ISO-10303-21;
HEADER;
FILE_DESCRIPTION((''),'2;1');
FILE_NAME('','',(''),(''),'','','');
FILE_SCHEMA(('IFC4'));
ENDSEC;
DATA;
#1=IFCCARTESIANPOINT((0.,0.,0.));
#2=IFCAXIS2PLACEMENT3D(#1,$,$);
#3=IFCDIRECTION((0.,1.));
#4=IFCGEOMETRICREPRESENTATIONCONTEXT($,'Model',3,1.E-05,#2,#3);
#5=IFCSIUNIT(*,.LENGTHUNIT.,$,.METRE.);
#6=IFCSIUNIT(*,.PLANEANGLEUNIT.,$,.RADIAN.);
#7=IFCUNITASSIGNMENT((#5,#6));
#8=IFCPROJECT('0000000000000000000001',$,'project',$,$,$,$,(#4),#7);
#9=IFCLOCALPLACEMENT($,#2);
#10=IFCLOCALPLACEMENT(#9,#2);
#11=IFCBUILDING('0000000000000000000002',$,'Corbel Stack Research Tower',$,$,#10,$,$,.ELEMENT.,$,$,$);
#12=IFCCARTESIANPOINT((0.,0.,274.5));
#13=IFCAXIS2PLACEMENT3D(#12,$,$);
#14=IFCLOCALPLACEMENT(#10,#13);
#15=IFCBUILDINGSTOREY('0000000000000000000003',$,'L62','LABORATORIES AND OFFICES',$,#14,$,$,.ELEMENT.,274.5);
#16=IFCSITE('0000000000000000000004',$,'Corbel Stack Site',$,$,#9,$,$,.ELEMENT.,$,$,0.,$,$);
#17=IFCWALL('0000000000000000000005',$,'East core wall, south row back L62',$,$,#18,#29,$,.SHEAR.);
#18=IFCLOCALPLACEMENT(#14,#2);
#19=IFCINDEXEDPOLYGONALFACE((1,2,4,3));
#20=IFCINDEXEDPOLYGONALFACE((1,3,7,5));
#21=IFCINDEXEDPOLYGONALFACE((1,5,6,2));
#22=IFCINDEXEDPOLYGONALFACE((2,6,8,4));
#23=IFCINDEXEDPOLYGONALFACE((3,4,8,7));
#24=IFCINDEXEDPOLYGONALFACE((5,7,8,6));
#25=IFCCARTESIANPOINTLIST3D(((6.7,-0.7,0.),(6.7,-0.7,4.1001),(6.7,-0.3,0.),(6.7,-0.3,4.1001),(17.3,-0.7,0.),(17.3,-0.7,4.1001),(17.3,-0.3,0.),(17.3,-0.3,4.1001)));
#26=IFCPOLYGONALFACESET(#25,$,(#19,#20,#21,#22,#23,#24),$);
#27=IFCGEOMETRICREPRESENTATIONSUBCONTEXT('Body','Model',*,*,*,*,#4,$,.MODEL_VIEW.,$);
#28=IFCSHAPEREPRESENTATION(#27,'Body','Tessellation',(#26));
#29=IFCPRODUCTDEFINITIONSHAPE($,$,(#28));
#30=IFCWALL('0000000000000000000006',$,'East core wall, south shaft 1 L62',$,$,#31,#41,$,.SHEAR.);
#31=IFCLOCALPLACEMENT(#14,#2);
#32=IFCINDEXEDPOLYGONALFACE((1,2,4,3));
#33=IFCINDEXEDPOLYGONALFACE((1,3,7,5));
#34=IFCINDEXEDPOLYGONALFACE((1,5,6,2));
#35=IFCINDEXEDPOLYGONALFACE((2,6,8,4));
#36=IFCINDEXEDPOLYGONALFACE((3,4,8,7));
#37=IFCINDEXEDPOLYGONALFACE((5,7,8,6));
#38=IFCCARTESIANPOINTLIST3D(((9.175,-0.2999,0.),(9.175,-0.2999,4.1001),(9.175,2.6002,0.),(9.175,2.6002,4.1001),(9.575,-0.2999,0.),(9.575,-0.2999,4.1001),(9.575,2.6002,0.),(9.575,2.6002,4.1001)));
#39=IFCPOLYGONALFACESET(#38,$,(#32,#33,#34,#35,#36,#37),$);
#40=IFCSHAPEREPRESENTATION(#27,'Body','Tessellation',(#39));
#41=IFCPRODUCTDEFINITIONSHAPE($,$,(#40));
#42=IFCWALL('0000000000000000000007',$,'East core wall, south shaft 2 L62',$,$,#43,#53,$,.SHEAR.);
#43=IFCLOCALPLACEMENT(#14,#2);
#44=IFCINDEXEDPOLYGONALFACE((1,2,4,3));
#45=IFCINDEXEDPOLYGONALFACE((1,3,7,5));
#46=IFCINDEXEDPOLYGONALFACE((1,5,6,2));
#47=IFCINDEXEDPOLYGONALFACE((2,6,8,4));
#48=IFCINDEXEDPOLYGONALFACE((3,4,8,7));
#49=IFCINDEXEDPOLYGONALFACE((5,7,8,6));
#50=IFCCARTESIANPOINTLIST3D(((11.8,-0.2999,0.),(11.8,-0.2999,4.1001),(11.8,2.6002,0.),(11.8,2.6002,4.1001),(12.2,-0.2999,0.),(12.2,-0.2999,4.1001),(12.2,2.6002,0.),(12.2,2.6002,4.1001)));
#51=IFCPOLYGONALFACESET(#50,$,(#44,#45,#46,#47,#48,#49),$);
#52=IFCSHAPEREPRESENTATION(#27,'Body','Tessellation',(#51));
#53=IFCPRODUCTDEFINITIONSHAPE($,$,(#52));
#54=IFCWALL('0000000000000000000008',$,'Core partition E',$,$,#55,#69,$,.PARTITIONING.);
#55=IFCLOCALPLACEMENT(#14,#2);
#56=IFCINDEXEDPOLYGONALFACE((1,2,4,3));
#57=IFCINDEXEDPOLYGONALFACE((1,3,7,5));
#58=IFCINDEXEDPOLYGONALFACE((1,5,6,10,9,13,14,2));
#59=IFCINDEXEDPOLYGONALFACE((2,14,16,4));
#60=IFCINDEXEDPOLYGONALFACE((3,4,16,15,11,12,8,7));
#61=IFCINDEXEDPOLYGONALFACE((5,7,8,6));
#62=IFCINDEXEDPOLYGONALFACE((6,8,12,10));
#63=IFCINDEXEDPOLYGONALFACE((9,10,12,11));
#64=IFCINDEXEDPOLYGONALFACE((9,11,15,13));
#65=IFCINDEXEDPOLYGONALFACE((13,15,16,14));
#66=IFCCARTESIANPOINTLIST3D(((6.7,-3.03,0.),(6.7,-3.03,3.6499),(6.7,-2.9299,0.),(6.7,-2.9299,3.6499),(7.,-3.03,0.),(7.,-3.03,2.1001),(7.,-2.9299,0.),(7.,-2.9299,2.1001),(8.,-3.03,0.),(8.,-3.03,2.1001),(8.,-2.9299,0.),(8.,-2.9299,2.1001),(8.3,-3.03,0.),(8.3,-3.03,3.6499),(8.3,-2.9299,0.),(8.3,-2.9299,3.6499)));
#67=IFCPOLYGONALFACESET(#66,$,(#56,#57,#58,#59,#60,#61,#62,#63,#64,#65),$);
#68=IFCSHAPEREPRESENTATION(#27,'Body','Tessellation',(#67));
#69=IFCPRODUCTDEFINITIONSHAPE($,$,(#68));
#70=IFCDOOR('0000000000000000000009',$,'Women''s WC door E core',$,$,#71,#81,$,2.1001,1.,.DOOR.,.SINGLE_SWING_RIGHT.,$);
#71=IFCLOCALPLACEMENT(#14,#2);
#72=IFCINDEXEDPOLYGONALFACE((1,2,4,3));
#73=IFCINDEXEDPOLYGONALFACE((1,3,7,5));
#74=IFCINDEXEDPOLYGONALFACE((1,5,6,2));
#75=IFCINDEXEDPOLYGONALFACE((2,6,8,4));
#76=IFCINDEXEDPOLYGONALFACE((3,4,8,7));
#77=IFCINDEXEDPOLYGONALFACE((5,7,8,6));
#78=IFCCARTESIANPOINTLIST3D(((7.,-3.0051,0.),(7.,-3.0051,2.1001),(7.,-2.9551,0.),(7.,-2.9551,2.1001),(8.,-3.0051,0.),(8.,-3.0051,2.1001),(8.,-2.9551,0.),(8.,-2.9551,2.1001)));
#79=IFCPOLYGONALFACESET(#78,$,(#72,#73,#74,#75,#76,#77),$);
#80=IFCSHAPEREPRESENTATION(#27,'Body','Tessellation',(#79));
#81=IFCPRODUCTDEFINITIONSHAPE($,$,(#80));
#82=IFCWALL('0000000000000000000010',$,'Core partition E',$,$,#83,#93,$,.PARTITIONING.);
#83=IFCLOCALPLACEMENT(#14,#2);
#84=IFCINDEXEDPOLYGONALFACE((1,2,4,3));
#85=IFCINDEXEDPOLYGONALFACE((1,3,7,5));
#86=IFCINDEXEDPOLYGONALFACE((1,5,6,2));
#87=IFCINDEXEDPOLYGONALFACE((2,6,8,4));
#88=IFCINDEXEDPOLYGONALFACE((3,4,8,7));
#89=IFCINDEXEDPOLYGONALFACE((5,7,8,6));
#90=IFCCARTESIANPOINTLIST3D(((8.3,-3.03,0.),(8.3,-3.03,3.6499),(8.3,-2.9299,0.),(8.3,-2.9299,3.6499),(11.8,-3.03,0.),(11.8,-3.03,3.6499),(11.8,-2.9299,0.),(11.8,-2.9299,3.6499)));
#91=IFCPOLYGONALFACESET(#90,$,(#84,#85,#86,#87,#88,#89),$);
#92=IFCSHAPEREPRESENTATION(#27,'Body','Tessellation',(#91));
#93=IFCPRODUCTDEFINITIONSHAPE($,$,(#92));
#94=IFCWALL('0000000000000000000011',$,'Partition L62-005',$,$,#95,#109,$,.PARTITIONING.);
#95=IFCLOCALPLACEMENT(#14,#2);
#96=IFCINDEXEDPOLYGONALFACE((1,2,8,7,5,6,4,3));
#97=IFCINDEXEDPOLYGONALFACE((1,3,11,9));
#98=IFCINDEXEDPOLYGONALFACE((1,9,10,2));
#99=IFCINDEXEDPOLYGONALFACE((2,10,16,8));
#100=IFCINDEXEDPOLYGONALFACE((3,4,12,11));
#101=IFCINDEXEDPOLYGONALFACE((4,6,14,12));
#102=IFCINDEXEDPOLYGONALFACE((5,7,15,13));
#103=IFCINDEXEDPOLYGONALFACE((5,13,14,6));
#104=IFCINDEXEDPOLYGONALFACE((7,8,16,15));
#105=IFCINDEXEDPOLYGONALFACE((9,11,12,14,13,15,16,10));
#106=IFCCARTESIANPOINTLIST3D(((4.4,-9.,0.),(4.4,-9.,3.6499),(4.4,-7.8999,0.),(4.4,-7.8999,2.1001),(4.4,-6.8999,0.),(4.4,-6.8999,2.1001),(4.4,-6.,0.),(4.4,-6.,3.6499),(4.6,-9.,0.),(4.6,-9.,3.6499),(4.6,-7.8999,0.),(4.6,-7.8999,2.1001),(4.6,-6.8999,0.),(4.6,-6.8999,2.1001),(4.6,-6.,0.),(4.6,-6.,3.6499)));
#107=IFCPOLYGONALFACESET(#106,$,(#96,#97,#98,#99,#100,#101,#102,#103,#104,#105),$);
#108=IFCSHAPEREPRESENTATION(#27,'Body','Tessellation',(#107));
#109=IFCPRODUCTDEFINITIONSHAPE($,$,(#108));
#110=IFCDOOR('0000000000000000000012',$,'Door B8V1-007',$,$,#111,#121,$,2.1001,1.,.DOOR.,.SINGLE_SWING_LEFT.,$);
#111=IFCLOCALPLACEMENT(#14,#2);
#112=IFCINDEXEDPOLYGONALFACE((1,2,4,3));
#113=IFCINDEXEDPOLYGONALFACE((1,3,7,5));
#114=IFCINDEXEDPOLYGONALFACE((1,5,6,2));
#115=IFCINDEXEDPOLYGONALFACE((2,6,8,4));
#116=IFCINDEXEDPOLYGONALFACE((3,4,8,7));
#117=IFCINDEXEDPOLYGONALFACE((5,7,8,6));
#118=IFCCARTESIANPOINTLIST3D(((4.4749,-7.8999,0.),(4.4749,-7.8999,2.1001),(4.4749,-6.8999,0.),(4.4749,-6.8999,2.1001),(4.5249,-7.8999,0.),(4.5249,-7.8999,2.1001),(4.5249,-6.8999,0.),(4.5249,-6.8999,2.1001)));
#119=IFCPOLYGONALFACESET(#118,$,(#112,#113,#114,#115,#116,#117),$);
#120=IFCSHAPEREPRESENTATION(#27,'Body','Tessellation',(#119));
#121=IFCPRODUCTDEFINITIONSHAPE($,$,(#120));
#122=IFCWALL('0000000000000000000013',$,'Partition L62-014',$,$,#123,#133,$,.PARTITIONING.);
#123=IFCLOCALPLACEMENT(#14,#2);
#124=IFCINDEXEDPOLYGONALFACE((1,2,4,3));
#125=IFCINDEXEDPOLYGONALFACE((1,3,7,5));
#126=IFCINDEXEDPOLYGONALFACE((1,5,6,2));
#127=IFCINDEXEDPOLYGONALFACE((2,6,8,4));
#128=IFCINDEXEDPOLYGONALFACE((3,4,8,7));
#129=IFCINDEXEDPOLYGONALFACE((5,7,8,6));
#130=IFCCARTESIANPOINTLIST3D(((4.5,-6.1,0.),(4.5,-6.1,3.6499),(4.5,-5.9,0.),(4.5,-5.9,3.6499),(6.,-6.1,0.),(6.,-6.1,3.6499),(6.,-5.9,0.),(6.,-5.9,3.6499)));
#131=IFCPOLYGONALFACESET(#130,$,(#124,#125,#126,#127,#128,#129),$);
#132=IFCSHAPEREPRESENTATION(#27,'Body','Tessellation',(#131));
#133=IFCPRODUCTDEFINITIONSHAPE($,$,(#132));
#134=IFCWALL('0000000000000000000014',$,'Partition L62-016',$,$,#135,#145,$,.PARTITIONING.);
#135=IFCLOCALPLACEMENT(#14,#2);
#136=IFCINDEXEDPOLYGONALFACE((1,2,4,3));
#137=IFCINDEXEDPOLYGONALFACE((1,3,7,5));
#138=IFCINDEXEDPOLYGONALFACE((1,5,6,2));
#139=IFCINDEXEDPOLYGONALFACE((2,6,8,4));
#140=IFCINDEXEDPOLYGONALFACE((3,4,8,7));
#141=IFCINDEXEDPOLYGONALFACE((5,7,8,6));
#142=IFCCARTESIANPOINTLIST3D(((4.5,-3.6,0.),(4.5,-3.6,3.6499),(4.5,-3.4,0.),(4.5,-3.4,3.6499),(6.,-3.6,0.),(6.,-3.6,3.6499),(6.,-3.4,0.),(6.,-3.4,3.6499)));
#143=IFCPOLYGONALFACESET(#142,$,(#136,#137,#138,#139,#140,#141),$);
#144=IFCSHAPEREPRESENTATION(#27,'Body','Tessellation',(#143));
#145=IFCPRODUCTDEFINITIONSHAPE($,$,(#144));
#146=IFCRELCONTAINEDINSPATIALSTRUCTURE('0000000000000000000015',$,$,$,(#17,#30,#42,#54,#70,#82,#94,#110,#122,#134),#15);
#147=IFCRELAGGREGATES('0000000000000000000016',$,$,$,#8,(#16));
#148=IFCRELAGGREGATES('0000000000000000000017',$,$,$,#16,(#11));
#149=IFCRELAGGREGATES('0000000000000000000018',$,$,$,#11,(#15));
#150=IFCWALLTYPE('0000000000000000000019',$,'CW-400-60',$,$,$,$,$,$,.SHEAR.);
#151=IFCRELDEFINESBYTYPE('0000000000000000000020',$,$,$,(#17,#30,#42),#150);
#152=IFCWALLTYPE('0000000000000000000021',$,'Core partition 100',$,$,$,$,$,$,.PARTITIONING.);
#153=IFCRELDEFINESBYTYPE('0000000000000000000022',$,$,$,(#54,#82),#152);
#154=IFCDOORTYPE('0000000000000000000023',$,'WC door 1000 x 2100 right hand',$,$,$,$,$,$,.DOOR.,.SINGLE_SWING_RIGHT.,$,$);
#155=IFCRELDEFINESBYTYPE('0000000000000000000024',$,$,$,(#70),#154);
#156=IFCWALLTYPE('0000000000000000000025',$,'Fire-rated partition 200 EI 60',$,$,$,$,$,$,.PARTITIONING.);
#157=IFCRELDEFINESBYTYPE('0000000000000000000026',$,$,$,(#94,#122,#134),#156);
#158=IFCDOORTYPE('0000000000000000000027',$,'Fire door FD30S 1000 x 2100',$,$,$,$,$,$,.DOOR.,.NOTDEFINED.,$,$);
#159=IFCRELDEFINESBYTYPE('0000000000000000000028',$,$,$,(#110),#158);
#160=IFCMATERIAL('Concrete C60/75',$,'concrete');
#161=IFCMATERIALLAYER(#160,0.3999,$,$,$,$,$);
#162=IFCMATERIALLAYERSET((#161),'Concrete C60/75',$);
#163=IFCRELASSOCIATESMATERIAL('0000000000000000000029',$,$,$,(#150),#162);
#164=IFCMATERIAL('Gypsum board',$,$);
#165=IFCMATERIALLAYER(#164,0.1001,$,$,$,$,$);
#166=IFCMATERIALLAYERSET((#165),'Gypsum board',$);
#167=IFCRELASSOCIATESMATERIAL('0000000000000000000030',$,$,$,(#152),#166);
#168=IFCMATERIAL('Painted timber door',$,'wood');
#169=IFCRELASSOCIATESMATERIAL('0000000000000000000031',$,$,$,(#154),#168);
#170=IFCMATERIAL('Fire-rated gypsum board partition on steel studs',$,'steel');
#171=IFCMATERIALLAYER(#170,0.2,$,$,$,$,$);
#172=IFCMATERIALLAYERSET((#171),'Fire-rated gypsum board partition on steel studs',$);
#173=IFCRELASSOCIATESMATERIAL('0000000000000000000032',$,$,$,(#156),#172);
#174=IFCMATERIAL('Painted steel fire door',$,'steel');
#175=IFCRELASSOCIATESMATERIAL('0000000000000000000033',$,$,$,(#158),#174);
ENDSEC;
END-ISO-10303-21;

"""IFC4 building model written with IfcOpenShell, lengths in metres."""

from ifc_helpers import new_model, si_unit, direction, frame, frame_2d, origin, place, context, subcontext, project, spatial, rectangle, extrude, material, layer, layer_set, type_object, element, fill, save


model = new_model("IFC4")

# Units and contexts
model_context = context("Model", 3, precision=1e-05, world=origin(), true_north=direction((0.0, 1.0)))
body_context = subcontext(model_context, "Body", "Model", "MODEL_VIEW")
ifc_project = project(units=[si_unit("LENGTHUNIT", "METRE"), si_unit("PLANEANGLEUNIT", "RADIAN")], contexts=[model_context])

# Site, building, storey
site_placement = place(None, origin())
site = spatial("IfcSite", under=ifc_project, at=site_placement, Name="Corbel Stack Site", CompositionType="ELEMENT", RefElevation=0.0)
building_placement = place(site_placement, origin())
building = spatial("IfcBuilding", under=site, at=building_placement, Name="Corbel Stack Research Tower", CompositionType="ELEMENT")
storey_placement = place(building_placement, frame((0.0, 0.0, 274.5)))
storey = spatial("IfcBuildingStorey", under=building, at=storey_placement, Name="L62", Description="LABORATORIES AND OFFICES", CompositionType="ELEMENT", Elevation=274.5)

# Walls
ifc_material_1 = material(Name="Concrete C60/75", Category="concrete")
ifc_layer_1 = layer(ifc_material_1, 0.3999)
ifc_layer_set_1 = layer_set([ifc_layer_1], Name="Concrete C60/75")
wall_type_1 = type_object("IfcWallType", Name="CW-400-60", PredefinedType="SHEAR", material=ifc_layer_set_1)
wall_1_placement = place(storey_placement, frame((6.7, -0.5, 0.0), z_axis=(0.0, 0.0, 1.0), x_axis=(1.0, 0.0, 0.0)))
element("IfcWall", 1, at=wall_1_placement, inside=storey, type_object=wall_type_1, Name="East core wall, south row back L62", PredefinedType="SHEAR", context=body_context, shape_type="SweptSolid", body=[
    extrude(rectangle(XDim=10.6001, YDim=0.3999, at=frame_2d((5.3, 0.0))), origin(), (0.0, 0.0, 1.0), 4.1001),
])
for number, where, z_axis, x_axis, name in (
    (2, (9.375, -0.3, 0.0), (0.0, 0.0, 1.0), (0.0, 1.0, 0.0), "East core wall, south shaft 1 L62"),
    (3, (12.0, -0.3, 0.0), (0.0, 0.0, 1.0), (0.0, 1.0, 0.0), "East core wall, south shaft 2 L62"),
):
    element("IfcWall", number, at=place(storey_placement, frame(where, z_axis=z_axis, x_axis=x_axis)), inside=storey, type_object=wall_type_1, Name=name, PredefinedType="SHEAR", context=body_context, shape_type="SweptSolid", body=[
        extrude(rectangle(XDim=2.9001, YDim=0.3999, at=frame_2d((1.4502, 0.0))), origin(), (0.0, 0.0, 1.0), 4.1001),
    ])

# Wall, opening, door
ifc_material_2 = material(Name="Gypsum board")
ifc_layer_2 = layer(ifc_material_2, 0.1001)
ifc_layer_set_2 = layer_set([ifc_layer_2], Name="Gypsum board")
wall_type_2 = type_object("IfcWallType", Name="Core partition 100", PredefinedType="PARTITIONING", material=ifc_layer_set_2)
wall_2_placement = place(storey_placement, frame((6.7, -2.98, 0.0), z_axis=(0.0, 0.0, 1.0), x_axis=(1.0, 0.0, 0.0)))
wall_2 = element("IfcWall", 4, at=wall_2_placement, inside=storey, type_object=wall_type_2, Name="Core partition E", PredefinedType="PARTITIONING", context=body_context, shape_type="SweptSolid", body=[
    extrude(rectangle(XDim=1.6001, YDim=0.1001, at=frame_2d((0.8, 0.0))), origin(), (0.0, 0.0, 1.0), 3.6499),
])
opening_1_placement = place(wall_2_placement, frame((0.3, 0.0, 0.0)))
opening_1 = element("IfcOpeningElement", 5, at=opening_1_placement, cuts=wall_2, PredefinedType="OPENING", context=body_context, shape_type="SweptSolid", body=[
    extrude(rectangle(XDim=1.0, YDim=2.1001, at=frame_2d((0.5, 1.05))), frame((0.0, 0.0601, 0.0), z_axis=(0.0, -1.0, 0.0), x_axis=(1.0, 0.0, 0.0)), (0.0, 0.0, 1.0), 0.1201),
])
ifc_material_3 = material(Name="Painted timber door", Category="wood")
door_type_1 = type_object("IfcDoorType", Name="WC door 1000 x 2100 right hand", OperationType="SINGLE_SWING_RIGHT", PredefinedType="DOOR", material=ifc_material_3)
door_1_placement = place(opening_1_placement, origin())
door_1 = element("IfcDoor", 6, at=door_1_placement, inside=storey, type_object=door_type_1, Name="Women's WC door E core", OperationType="SINGLE_SWING_RIGHT", OverallHeight=2.1001, OverallWidth=1.0, PredefinedType="DOOR", context=body_context, shape_type="SweptSolid", body=[
    extrude(rectangle(XDim=1.0, YDim=2.1001, at=frame_2d((0.5, 1.05))), frame((0.0, 0.0249, 0.0), z_axis=(0.0, -1.0, 0.0), x_axis=(1.0, 0.0, 0.0)), (0.0, 0.0, 1.0), 0.05),
])
fill(opening_1, door_1)

# Wall
wall_3_placement = place(storey_placement, frame((8.3, -2.98, 0.0), z_axis=(0.0, 0.0, 1.0), x_axis=(1.0, 0.0, 0.0)))
element("IfcWall", 7, at=wall_3_placement, inside=storey, type_object=wall_type_2, Name="Core partition E", PredefinedType="PARTITIONING", context=body_context, shape_type="SweptSolid", body=[
    extrude(rectangle(XDim=3.5, YDim=0.1001, at=frame_2d((1.75, 0.0))), origin(), (0.0, 0.0, 1.0), 3.6499),
])

# Wall, opening, door
ifc_material_4 = material(Name="Fire-rated gypsum board partition on steel studs", Category="steel")
ifc_layer_3 = layer(ifc_material_4, 0.2)
ifc_layer_set_3 = layer_set([ifc_layer_3], Name="Fire-rated gypsum board partition on steel studs")
wall_type_3 = type_object("IfcWallType", Name="Fire-rated partition 200 EI 60", PredefinedType="PARTITIONING", material=ifc_layer_set_3)
wall_4_placement = place(storey_placement, frame((4.5, -6.0, 0.0), z_axis=(0.0, 0.0, 1.0), x_axis=(0.0, -1.0, 0.0)))
wall_4 = element("IfcWall", 8, at=wall_4_placement, inside=storey, type_object=wall_type_3, Name="Partition L62-005", PredefinedType="PARTITIONING", context=body_context, shape_type="SweptSolid", body=[
    extrude(rectangle(XDim=3.0, YDim=0.2, at=frame_2d((1.5, 0.0))), origin(), (0.0, 0.0, 1.0), 3.6499),
])
opening_2_placement = place(wall_4_placement, frame((0.8999, 0.0, 0.0)))
opening_2 = element("IfcOpeningElement", 9, at=opening_2_placement, cuts=wall_4, PredefinedType="OPENING", context=body_context, shape_type="SweptSolid", body=[
    extrude(rectangle(XDim=1.0, YDim=2.1001, at=frame_2d((0.5, 1.05))), frame((0.0, 0.1099, 0.0), z_axis=(0.0, -1.0, 0.0), x_axis=(1.0, 0.0, 0.0)), (0.0, 0.0, 1.0), 0.22),
])
ifc_material_5 = material(Name="Painted steel fire door", Category="steel")
door_type_2 = type_object("IfcDoorType", Name="Fire door FD30S 1000 x 2100", OperationType="NOTDEFINED", PredefinedType="DOOR", material=ifc_material_5)
door_2_placement = place(opening_2_placement, origin())
door_2 = element("IfcDoor", 10, at=door_2_placement, inside=storey, type_object=door_type_2, Name="Door B8V1-007", OperationType="SINGLE_SWING_LEFT", OverallHeight=2.1001, OverallWidth=1.0, PredefinedType="DOOR", context=body_context, shape_type="SweptSolid", body=[
    extrude(rectangle(XDim=1.0, YDim=2.1001, at=frame_2d((0.5, 1.05))), frame((0.0, 0.0249, 0.0), z_axis=(0.0, -1.0, 0.0), x_axis=(1.0, 0.0, 0.0)), (0.0, 0.0, 1.0), 0.05),
])
fill(opening_2, door_2)

# Walls
for number, where, z_axis, x_axis, name in (
    (11, (4.5, -6.0, 0.0), (0.0, 0.0, 1.0), (1.0, 0.0, 0.0), "Partition L62-014"),
    (12, (4.5, -3.5, 0.0), (0.0, 0.0, 1.0), (1.0, 0.0, 0.0), "Partition L62-016"),
):
    element("IfcWall", number, at=place(storey_placement, frame(where, z_axis=z_axis, x_axis=x_axis)), inside=storey, type_object=wall_type_3, Name=name, PredefinedType="PARTITIONING", context=body_context, shape_type="SweptSolid", body=[
        extrude(rectangle(XDim=1.5, YDim=0.2, at=frame_2d((0.75, 0.0))), origin(), (0.0, 0.0, 1.0), 3.6499),
    ])

save(model, "model.ifc")
